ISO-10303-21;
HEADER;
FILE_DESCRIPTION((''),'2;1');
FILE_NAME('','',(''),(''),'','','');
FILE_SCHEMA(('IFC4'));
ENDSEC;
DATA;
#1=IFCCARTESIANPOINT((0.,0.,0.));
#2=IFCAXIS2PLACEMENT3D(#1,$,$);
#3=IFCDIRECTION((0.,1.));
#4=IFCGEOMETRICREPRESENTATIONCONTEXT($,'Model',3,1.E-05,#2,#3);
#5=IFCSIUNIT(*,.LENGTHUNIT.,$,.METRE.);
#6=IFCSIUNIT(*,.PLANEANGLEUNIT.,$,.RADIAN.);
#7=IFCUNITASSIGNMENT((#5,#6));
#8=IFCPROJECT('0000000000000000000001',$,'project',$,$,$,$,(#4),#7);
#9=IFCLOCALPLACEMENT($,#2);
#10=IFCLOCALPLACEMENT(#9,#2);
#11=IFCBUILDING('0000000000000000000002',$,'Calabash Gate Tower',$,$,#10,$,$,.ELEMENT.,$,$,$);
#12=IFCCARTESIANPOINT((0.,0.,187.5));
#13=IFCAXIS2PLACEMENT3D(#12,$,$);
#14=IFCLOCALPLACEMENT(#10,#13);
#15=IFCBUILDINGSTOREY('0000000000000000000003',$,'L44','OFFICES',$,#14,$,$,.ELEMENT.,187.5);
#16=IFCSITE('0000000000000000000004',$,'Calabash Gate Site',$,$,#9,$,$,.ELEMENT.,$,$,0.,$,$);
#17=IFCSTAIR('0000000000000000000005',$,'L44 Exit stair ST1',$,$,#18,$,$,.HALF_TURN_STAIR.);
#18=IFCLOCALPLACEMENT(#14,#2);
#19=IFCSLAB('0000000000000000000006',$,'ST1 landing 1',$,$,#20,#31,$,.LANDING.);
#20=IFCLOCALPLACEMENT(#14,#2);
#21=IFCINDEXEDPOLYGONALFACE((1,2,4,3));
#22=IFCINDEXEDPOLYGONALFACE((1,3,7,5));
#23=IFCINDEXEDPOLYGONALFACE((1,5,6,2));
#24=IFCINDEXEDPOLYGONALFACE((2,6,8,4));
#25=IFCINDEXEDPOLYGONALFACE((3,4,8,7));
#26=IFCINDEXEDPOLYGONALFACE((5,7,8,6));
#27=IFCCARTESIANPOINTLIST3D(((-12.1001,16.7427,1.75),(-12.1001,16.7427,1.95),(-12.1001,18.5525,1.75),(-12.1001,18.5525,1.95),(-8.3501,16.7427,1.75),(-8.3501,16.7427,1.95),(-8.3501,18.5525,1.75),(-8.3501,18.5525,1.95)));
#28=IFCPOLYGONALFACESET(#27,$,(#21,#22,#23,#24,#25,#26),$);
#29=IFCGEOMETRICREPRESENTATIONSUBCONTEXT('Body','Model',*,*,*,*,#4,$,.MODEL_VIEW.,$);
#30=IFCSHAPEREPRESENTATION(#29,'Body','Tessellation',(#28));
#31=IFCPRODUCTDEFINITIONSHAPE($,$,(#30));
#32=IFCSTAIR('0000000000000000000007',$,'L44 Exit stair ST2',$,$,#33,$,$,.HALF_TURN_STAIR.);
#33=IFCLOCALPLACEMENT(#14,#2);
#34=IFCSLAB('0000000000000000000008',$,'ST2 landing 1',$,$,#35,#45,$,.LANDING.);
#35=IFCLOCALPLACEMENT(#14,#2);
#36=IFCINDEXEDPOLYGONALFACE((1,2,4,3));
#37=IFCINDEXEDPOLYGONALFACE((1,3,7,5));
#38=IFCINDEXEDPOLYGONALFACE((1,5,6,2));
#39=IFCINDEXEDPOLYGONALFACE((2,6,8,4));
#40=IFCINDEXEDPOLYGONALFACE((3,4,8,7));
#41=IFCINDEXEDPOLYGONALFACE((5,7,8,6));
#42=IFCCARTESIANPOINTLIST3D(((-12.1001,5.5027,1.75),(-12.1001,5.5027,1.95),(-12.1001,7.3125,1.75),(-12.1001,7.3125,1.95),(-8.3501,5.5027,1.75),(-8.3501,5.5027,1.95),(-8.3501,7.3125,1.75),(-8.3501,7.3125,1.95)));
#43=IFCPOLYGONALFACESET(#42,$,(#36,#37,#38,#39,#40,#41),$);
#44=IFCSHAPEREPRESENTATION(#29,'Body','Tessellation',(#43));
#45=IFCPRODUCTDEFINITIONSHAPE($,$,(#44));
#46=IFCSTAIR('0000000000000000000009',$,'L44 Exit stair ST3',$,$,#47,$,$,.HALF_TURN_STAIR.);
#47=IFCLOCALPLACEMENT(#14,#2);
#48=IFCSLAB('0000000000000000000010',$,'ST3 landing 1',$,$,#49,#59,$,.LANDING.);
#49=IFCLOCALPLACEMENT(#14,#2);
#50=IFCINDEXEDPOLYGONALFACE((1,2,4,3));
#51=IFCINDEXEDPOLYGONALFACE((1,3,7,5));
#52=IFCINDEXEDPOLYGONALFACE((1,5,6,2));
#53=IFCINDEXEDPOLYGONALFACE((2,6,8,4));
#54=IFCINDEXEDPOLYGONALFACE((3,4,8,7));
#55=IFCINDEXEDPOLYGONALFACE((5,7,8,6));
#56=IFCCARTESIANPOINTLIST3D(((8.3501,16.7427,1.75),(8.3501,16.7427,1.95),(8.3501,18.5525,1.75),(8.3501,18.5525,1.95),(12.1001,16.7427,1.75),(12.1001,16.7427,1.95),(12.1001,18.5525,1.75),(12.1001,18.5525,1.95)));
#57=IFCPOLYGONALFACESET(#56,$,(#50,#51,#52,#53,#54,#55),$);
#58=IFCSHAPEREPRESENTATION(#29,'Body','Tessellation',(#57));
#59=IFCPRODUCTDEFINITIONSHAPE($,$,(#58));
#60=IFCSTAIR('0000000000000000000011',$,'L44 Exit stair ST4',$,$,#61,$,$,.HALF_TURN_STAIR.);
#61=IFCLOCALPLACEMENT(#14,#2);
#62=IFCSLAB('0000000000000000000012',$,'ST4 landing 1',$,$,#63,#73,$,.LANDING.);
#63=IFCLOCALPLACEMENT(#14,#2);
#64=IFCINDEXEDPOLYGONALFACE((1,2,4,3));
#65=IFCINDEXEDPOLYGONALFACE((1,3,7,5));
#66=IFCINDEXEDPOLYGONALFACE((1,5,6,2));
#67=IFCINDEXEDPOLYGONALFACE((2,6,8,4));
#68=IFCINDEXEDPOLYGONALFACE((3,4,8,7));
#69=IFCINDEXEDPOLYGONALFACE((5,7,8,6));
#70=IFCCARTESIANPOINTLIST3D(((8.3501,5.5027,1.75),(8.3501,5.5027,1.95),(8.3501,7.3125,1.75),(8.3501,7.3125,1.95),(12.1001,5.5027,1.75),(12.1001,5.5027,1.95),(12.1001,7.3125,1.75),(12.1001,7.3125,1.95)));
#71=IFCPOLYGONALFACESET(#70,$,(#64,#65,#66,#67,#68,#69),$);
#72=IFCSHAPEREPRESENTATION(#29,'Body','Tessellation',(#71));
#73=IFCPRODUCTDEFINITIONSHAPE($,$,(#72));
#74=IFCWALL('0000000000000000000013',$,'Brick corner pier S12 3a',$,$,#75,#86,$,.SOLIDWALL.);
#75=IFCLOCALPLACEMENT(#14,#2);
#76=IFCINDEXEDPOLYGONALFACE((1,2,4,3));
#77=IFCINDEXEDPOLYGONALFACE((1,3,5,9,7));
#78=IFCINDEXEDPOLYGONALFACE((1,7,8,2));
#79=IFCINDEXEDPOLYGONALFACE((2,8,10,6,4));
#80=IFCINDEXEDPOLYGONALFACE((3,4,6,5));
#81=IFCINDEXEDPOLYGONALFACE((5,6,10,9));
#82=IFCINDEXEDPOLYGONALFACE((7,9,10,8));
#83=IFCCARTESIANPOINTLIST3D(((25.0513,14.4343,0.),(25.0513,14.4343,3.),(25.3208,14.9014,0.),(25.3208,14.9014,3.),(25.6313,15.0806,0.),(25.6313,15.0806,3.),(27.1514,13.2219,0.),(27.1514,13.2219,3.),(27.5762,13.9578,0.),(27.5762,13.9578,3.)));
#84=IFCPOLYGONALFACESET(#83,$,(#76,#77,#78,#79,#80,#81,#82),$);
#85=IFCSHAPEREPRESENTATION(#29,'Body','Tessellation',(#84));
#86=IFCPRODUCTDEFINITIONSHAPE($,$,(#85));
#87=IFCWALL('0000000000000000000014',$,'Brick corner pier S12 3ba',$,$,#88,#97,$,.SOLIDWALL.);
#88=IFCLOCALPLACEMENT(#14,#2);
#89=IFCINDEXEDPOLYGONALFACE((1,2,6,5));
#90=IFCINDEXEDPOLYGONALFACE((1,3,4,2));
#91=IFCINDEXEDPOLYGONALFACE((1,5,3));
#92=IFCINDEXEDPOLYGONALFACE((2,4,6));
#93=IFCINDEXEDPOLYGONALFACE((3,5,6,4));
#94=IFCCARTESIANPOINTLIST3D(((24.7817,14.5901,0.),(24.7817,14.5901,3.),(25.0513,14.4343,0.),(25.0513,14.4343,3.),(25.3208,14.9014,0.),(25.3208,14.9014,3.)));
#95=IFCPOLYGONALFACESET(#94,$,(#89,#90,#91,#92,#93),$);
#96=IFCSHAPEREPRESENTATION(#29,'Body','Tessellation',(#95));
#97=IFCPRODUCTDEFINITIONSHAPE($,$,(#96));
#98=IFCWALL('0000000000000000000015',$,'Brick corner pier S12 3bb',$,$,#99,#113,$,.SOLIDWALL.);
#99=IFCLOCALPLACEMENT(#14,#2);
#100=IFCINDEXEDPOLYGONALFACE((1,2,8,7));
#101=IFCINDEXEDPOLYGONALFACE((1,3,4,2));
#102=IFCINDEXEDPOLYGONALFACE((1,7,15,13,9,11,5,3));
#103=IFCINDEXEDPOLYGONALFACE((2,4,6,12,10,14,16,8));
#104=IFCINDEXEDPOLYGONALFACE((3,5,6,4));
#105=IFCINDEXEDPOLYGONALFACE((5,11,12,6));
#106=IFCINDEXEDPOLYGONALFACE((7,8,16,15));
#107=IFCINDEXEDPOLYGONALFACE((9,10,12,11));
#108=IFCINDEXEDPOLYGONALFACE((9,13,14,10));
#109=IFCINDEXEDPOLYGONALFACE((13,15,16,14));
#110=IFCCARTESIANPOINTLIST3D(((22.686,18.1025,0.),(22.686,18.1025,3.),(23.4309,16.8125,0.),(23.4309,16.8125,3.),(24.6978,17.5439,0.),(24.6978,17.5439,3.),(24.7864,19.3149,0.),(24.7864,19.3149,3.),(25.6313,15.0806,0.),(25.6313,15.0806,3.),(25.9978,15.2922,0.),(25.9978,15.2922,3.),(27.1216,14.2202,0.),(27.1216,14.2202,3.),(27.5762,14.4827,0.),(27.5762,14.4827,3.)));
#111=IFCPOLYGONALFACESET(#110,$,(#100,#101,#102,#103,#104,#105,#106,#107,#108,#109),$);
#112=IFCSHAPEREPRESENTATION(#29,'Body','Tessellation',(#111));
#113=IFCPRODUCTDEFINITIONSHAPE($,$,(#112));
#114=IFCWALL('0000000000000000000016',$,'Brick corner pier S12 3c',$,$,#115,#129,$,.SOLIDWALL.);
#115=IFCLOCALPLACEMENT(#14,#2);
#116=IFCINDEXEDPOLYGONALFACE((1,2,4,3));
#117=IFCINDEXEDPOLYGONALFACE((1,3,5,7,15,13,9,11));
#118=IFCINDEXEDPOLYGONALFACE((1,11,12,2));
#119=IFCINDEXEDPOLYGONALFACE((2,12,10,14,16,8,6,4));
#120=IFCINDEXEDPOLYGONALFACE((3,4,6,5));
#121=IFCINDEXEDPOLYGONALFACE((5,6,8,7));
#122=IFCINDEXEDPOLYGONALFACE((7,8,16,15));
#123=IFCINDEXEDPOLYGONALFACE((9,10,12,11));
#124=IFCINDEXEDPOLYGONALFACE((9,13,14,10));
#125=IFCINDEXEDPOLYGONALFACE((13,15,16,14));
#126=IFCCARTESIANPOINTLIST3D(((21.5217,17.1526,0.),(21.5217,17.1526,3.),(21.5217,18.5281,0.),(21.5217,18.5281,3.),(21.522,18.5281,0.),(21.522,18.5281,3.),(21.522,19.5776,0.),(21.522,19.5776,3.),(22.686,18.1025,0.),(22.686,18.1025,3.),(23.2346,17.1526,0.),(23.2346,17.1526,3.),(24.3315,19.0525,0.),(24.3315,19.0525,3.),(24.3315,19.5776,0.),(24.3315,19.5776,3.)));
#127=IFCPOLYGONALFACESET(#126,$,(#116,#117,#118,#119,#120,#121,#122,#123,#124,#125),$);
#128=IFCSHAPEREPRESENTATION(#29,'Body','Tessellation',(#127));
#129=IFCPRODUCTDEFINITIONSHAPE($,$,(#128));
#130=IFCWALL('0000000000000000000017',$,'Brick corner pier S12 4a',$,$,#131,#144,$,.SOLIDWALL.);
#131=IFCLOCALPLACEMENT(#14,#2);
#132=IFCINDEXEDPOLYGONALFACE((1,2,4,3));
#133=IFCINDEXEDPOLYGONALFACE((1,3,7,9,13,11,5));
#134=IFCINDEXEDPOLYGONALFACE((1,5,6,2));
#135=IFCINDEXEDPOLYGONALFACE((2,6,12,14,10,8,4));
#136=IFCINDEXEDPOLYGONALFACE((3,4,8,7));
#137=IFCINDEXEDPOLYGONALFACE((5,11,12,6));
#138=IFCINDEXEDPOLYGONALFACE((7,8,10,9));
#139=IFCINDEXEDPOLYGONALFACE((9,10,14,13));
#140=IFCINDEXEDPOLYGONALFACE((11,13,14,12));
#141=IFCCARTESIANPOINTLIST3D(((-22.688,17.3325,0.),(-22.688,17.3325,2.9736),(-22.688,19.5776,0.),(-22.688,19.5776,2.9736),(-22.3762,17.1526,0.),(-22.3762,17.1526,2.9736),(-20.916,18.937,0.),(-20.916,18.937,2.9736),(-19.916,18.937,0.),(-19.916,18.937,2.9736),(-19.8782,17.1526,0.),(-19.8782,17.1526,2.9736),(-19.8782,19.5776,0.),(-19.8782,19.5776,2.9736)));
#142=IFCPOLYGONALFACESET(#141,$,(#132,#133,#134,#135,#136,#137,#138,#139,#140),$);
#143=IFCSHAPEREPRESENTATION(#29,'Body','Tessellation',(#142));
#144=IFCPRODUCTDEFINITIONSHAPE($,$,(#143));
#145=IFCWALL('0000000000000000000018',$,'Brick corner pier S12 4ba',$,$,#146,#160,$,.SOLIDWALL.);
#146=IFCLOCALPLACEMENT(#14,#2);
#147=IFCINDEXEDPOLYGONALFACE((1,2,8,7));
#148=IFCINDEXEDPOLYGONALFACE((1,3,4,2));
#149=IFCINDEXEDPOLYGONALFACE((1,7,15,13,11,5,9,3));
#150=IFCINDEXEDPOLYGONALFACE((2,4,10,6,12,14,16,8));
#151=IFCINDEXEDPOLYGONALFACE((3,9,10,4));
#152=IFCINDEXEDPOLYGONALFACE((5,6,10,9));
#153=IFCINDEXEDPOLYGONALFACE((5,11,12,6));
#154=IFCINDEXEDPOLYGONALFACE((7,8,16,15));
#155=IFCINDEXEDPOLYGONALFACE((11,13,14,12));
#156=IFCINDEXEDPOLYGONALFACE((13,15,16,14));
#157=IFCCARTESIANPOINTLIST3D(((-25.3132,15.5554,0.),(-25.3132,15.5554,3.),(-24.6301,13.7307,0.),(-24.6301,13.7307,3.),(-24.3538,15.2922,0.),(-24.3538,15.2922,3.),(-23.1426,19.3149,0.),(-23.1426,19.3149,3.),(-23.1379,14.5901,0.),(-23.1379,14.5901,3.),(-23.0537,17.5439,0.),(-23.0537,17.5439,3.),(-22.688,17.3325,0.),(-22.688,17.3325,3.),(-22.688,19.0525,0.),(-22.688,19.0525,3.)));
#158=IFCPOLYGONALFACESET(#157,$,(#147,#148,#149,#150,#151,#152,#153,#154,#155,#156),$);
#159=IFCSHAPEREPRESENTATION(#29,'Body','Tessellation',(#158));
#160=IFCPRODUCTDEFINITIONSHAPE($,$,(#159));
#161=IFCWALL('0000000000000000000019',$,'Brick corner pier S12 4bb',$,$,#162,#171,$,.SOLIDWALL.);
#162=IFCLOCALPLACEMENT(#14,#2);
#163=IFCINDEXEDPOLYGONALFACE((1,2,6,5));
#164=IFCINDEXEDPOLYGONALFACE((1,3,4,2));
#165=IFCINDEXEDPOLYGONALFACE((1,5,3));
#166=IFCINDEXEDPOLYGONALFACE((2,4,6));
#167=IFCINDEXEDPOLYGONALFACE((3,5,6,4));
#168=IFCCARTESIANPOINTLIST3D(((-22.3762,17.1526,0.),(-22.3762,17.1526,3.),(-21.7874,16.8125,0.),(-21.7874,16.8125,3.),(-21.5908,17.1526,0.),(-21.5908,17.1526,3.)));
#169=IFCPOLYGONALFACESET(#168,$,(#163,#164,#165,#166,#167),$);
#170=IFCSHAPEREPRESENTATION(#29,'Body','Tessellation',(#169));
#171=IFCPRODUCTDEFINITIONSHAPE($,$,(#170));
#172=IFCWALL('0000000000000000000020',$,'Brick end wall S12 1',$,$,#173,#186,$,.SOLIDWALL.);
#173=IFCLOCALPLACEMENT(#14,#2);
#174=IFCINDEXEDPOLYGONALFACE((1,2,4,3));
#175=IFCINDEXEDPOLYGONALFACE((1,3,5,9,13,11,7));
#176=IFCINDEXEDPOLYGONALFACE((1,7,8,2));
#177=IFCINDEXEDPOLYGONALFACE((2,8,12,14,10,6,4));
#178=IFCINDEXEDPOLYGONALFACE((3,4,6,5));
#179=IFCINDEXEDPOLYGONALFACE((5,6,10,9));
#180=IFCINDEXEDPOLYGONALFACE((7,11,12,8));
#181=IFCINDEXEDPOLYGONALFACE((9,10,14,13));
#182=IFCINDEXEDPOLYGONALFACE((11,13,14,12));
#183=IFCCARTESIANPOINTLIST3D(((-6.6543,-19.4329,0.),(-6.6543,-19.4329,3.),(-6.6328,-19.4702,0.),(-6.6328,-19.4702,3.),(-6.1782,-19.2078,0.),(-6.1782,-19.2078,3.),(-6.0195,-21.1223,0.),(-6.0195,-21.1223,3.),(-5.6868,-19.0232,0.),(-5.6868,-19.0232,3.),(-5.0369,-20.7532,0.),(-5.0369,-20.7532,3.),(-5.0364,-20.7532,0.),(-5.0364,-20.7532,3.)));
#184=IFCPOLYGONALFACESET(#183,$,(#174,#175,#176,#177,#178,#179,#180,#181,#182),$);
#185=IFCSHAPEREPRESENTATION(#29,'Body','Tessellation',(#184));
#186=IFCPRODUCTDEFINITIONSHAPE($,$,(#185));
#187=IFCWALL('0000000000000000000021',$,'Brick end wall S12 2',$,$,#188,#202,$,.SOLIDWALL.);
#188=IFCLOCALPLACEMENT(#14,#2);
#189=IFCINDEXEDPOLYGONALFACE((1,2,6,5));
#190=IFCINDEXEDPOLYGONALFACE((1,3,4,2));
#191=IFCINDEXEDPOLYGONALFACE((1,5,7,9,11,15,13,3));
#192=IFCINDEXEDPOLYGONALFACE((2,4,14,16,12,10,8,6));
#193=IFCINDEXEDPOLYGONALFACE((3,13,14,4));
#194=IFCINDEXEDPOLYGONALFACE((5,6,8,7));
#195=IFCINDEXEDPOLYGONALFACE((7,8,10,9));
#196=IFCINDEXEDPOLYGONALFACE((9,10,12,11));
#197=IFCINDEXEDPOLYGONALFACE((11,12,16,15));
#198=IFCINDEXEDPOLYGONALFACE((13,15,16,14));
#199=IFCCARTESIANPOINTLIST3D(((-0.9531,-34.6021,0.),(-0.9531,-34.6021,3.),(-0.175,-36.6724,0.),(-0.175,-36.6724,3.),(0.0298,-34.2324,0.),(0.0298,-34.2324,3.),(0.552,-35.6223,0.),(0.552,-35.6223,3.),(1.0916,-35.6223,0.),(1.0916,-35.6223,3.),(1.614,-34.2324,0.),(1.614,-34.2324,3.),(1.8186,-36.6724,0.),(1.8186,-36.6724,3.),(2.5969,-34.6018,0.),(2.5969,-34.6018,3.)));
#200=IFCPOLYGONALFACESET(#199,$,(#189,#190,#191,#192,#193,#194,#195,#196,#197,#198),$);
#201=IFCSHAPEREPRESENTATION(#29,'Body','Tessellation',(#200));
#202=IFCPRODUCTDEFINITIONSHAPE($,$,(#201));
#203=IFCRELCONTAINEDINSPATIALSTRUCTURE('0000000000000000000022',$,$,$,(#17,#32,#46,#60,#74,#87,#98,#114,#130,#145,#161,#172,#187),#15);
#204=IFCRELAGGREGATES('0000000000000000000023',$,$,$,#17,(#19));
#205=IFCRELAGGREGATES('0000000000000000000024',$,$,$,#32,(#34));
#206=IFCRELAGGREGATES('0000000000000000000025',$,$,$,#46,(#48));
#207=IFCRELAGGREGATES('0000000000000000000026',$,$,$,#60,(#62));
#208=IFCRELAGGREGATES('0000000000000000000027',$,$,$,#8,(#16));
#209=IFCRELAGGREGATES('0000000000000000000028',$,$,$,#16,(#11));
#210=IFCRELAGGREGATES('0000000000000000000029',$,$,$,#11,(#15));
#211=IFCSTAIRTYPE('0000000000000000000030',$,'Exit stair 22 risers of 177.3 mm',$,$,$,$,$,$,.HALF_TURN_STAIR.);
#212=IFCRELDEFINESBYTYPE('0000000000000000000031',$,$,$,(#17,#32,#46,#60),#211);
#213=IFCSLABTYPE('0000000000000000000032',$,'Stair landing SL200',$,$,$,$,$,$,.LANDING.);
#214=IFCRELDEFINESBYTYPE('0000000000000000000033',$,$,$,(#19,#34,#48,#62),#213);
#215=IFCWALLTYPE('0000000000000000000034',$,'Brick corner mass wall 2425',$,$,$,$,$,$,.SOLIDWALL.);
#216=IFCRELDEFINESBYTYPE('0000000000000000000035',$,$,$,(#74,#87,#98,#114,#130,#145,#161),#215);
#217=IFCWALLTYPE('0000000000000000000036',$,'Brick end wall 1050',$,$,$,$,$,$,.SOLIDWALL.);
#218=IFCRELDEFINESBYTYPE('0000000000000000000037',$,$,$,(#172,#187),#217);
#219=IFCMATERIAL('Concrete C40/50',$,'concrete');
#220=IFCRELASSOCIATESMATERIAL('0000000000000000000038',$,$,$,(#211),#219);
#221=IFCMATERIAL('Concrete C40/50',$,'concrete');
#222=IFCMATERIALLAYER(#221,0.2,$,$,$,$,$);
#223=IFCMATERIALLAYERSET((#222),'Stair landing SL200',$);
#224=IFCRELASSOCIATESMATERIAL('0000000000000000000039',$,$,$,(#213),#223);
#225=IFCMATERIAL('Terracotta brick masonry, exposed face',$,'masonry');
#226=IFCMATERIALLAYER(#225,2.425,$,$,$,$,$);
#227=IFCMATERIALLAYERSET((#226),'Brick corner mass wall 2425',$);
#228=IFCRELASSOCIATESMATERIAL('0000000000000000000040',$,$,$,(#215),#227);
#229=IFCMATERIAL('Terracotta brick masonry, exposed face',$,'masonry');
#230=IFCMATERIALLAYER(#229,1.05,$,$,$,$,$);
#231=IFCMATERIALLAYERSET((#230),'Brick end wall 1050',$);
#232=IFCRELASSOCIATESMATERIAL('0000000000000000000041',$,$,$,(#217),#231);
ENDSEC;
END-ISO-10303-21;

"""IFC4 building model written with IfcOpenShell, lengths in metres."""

from ifc_helpers import new_model, si_unit, direction, frame, origin, place, context, subcontext, project, spatial, polyline, outline, extrude, material, layer, layer_set, type_object, element, aggregate, save


model = new_model("IFC4")

# Units and contexts
model_context = context("Model", 3, precision=1e-05, world=origin(), true_north=direction((0.0, 1.0)))
body_context = subcontext(model_context, "Body", "Model", "MODEL_VIEW")
ifc_project = project(units=[si_unit("LENGTHUNIT", "METRE"), si_unit("PLANEANGLEUNIT", "RADIAN")], contexts=[model_context])

# Site, building, storey
site_placement = place(None, origin())
site = spatial("IfcSite", under=ifc_project, at=site_placement, Name="Calabash Gate Site", CompositionType="ELEMENT", RefElevation=0.0)
building_placement = place(site_placement, origin())
building = spatial("IfcBuilding", under=site, at=building_placement, Name="Calabash Gate Tower", CompositionType="ELEMENT")
storey_placement = place(building_placement, frame((0.0, 0.0, 187.5)))
storey = spatial("IfcBuildingStorey", under=building, at=storey_placement, Name="L44", Description="OFFICES", CompositionType="ELEMENT", Elevation=187.5)

# Stairs, slabs
ifc_material_1 = material(Name="Concrete C40/50", Category="concrete")
stair_type = type_object("IfcStairType", Name="Exit stair 22 risers of 177.3 mm", PredefinedType="HALF_TURN_STAIR", material=ifc_material_1)
stair_1_placement = place(storey_placement, origin())
stair_1 = element("IfcStair", 1, at=stair_1_placement, inside=storey, type_object=stair_type, Name="L44 Exit stair ST1", PredefinedType="HALF_TURN_STAIR")
ifc_material_2 = material(Name="Concrete C40/50", Category="concrete")
ifc_layer_1 = layer(ifc_material_2, 0.2)
ifc_layer_set_1 = layer_set([ifc_layer_1], Name="Stair landing SL200")
slab_type = type_object("IfcSlabType", Name="Stair landing SL200", PredefinedType="LANDING", material=ifc_layer_set_1)
slab_1_placement = place(storey_placement, frame((0.0, 0.0, 1.75)))
slab_1 = element("IfcSlab", 2, at=slab_1_placement, type_object=slab_type, Name="ST1 landing 1", PredefinedType="LANDING", context=body_context, shape_type="SweptSolid", body=[
    extrude(outline(polyline([(-8.3501, 16.7427), (-8.3501, 18.5525), (-12.1001, 18.5525), (-12.1001, 16.7427), (-8.3501, 16.7427)])), origin(), (0.0, 0.0, 1.0), 0.2),
])
aggregate(stair_1, [slab_1])
stair_2_placement = place(storey_placement, origin())
stair_2 = element("IfcStair", 3, at=stair_2_placement, inside=storey, type_object=stair_type, Name="L44 Exit stair ST2", PredefinedType="HALF_TURN_STAIR")
slab_2_placement = place(storey_placement, frame((0.0, 0.0, 1.75)))
slab_2 = element("IfcSlab", 4, at=slab_2_placement, type_object=slab_type, Name="ST2 landing 1", PredefinedType="LANDING", context=body_context, shape_type="SweptSolid", body=[
    extrude(outline(polyline([(-12.1001, 7.3125), (-12.1001, 5.5027), (-8.3501, 5.5027), (-8.3501, 7.3125), (-12.1001, 7.3125)])), origin(), (0.0, 0.0, 1.0), 0.2),
])
aggregate(stair_2, [slab_2])
stair_3_placement = place(storey_placement, origin())
stair_3 = element("IfcStair", 5, at=stair_3_placement, inside=storey, type_object=stair_type, Name="L44 Exit stair ST3", PredefinedType="HALF_TURN_STAIR")
slab_3_placement = place(storey_placement, frame((0.0, 0.0, 1.75)))
slab_3 = element("IfcSlab", 6, at=slab_3_placement, type_object=slab_type, Name="ST3 landing 1", PredefinedType="LANDING", context=body_context, shape_type="SweptSolid", body=[
    extrude(outline(polyline([(12.1001, 16.7427), (12.1001, 18.5525), (8.3501, 18.5525), (8.3501, 16.7427), (12.1001, 16.7427)])), origin(), (0.0, 0.0, 1.0), 0.2),
])
aggregate(stair_3, [slab_3])
stair_4_placement = place(storey_placement, origin())
stair_4 = element("IfcStair", 7, at=stair_4_placement, inside=storey, type_object=stair_type, Name="L44 Exit stair ST4", PredefinedType="HALF_TURN_STAIR")
slab_4_placement = place(storey_placement, frame((0.0, 0.0, 1.75)))
slab_4 = element("IfcSlab", 8, at=slab_4_placement, type_object=slab_type, Name="ST4 landing 1", PredefinedType="LANDING", context=body_context, shape_type="SweptSolid", body=[
    extrude(outline(polyline([(8.3501, 7.3125), (8.3501, 5.5027), (12.1001, 5.5027), (12.1001, 7.3125), (8.3501, 7.3125)])), origin(), (0.0, 0.0, 1.0), 0.2),
])
aggregate(stair_4, [slab_4])

# Walls
ifc_material_3 = material(Name="Terracotta brick masonry, exposed face", Category="masonry")
ifc_layer_2 = layer(ifc_material_3, 2.425)
ifc_layer_set_2 = layer_set([ifc_layer_2], Name="Brick corner mass wall 2425")
wall_type_1 = type_object("IfcWallType", Name="Brick corner mass wall 2425", PredefinedType="SOLIDWALL", material=ifc_layer_set_2)
wall_1_placement = place(storey_placement, origin())
element("IfcWall", 9, at=wall_1_placement, inside=storey, type_object=wall_type_1, Name="Brick corner pier S12 3a", PredefinedType="SOLIDWALL", context=body_context, shape_type="SweptSolid", body=[
    extrude(outline(polyline([(25.0513, 14.4343), (27.1514, 13.2219), (27.5762, 13.9578), (25.6313, 15.0806), (25.3208, 14.9014), (25.0513, 14.4343)])), origin(), (0.0, 0.0, 1.0), 3.0),
])
wall_2_placement = place(storey_placement, origin())
element("IfcWall", 10, at=wall_2_placement, inside=storey, type_object=wall_type_1, Name="Brick corner pier S12 3ba", PredefinedType="SOLIDWALL", context=body_context, shape_type="SweptSolid", body=[
    extrude(outline(polyline([(25.0513, 14.4343), (25.3208, 14.9014), (24.7817, 14.5901), (25.0513, 14.4343)])), origin(), (0.0, 0.0, 1.0), 3.0),
])
wall_3_placement = place(storey_placement, origin())
element("IfcWall", 11, at=wall_3_placement, inside=storey, type_object=wall_type_1, Name="Brick corner pier S12 3bb", PredefinedType="SOLIDWALL", context=body_context, shape_type="SweptSolid", body=[
    extrude(outline(polyline([(23.4309, 16.8125), (24.6978, 17.5439), (25.9978, 15.2922), (25.6313, 15.0806), (27.1216, 14.2202), (27.5762, 14.4827), (24.7864, 19.3149), (22.686, 18.1025), (23.4309, 16.8125)])), origin(), (0.0, 0.0, 1.0), 3.0),
])
wall_4_placement = place(storey_placement, origin())
element("IfcWall", 12, at=wall_4_placement, inside=storey, type_object=wall_type_1, Name="Brick corner pier S12 3c", PredefinedType="SOLIDWALL", context=body_context, shape_type="SweptSolid", body=[
    extrude(outline(polyline([(21.5217, 18.5281), (21.5217, 17.1526), (23.2346, 17.1526), (22.686, 18.1025), (24.3315, 19.0525), (24.3315, 19.5776), (21.522, 19.5776), (21.522, 18.5281), (21.5217, 18.5281)])), origin(), (0.0, 0.0, 1.0), 3.0),
])
wall_5_placement = place(storey_placement, origin())
element("IfcWall", 13, at=wall_5_placement, inside=storey, type_object=wall_type_1, Name="Brick corner pier S12 4a", PredefinedType="SOLIDWALL", context=body_context, shape_type="SweptSolid", body=[
    extrude(outline(polyline([(-22.3762, 17.1526), (-19.8782, 17.1526), (-19.8782, 19.5776), (-19.916, 18.937), (-20.916, 18.937), (-22.688, 19.5776), (-22.688, 17.3325), (-22.3762, 17.1526)])), origin(), (0.0, 0.0, 1.0), 2.9736),
])
wall_6_placement = place(storey_placement, origin())
element("IfcWall", 14, at=wall_6_placement, inside=storey, type_object=wall_type_1, Name="Brick corner pier S12 4ba", PredefinedType="SOLIDWALL", context=body_context, shape_type="SweptSolid", body=[
    extrude(outline(polyline([(-24.6301, 13.7307), (-23.1379, 14.5901), (-24.3538, 15.2922), (-23.0537, 17.5439), (-22.688, 17.3325), (-22.688, 19.0525), (-23.1426, 19.3149), (-25.3132, 15.5554), (-24.6301, 13.7307)])), origin(), (0.0, 0.0, 1.0), 3.0),
])
wall_7_placement = place(storey_placement, origin())
element("IfcWall", 15, at=wall_7_placement, inside=storey, type_object=wall_type_1, Name="Brick corner pier S12 4bb", PredefinedType="SOLIDWALL", context=body_context, shape_type="SweptSolid", body=[
    extrude(outline(polyline([(-21.5908, 17.1526), (-22.3762, 17.1526), (-21.7874, 16.8125), (-21.5908, 17.1526)])), origin(), (0.0, 0.0, 1.0), 3.0),
])
ifc_material_4 = material(Name="Terracotta brick masonry, exposed face", Category="masonry")
ifc_layer_3 = layer(ifc_material_4, 1.05)
ifc_layer_set_3 = layer_set([ifc_layer_3], Name="Brick end wall 1050")
wall_type_2 = type_object("IfcWallType", Name="Brick end wall 1050", PredefinedType="SOLIDWALL", material=ifc_layer_set_3)
wall_8_placement = place(storey_placement, origin())
element("IfcWall", 16, at=wall_8_placement, inside=storey, type_object=wall_type_2, Name="Brick end wall S12 1", PredefinedType="SOLIDWALL", context=body_context, shape_type="SweptSolid", body=[
    extrude(outline(polyline([(-5.0364, -20.7532), (-5.6868, -19.0232), (-6.1782, -19.2078), (-6.6328, -19.4702), (-6.6543, -19.4329), (-6.0195, -21.1223), (-5.0369, -20.7532), (-5.0369, -20.7532), (-5.0364, -20.7532)])), origin(), (0.0, 0.0, 1.0), 3.0),
])
wall_9_placement = place(storey_placement, origin())
element("IfcWall", 17, at=wall_9_placement, inside=storey, type_object=wall_type_2, Name="Brick end wall S12 2", PredefinedType="SOLIDWALL", context=body_context, shape_type="SweptSolid", body=[
    extrude(outline(polyline([(0.552, -35.6223), (0.0298, -34.2324), (-0.9531, -34.6021), (-0.175, -36.6724), (1.8186, -36.6724), (2.5969, -34.6018), (1.614, -34.2324), (1.0916, -35.6223), (0.552, -35.6223)])), origin(), (0.0, 0.0, 1.0), 3.0),
])

save(model, "model.ifc")
